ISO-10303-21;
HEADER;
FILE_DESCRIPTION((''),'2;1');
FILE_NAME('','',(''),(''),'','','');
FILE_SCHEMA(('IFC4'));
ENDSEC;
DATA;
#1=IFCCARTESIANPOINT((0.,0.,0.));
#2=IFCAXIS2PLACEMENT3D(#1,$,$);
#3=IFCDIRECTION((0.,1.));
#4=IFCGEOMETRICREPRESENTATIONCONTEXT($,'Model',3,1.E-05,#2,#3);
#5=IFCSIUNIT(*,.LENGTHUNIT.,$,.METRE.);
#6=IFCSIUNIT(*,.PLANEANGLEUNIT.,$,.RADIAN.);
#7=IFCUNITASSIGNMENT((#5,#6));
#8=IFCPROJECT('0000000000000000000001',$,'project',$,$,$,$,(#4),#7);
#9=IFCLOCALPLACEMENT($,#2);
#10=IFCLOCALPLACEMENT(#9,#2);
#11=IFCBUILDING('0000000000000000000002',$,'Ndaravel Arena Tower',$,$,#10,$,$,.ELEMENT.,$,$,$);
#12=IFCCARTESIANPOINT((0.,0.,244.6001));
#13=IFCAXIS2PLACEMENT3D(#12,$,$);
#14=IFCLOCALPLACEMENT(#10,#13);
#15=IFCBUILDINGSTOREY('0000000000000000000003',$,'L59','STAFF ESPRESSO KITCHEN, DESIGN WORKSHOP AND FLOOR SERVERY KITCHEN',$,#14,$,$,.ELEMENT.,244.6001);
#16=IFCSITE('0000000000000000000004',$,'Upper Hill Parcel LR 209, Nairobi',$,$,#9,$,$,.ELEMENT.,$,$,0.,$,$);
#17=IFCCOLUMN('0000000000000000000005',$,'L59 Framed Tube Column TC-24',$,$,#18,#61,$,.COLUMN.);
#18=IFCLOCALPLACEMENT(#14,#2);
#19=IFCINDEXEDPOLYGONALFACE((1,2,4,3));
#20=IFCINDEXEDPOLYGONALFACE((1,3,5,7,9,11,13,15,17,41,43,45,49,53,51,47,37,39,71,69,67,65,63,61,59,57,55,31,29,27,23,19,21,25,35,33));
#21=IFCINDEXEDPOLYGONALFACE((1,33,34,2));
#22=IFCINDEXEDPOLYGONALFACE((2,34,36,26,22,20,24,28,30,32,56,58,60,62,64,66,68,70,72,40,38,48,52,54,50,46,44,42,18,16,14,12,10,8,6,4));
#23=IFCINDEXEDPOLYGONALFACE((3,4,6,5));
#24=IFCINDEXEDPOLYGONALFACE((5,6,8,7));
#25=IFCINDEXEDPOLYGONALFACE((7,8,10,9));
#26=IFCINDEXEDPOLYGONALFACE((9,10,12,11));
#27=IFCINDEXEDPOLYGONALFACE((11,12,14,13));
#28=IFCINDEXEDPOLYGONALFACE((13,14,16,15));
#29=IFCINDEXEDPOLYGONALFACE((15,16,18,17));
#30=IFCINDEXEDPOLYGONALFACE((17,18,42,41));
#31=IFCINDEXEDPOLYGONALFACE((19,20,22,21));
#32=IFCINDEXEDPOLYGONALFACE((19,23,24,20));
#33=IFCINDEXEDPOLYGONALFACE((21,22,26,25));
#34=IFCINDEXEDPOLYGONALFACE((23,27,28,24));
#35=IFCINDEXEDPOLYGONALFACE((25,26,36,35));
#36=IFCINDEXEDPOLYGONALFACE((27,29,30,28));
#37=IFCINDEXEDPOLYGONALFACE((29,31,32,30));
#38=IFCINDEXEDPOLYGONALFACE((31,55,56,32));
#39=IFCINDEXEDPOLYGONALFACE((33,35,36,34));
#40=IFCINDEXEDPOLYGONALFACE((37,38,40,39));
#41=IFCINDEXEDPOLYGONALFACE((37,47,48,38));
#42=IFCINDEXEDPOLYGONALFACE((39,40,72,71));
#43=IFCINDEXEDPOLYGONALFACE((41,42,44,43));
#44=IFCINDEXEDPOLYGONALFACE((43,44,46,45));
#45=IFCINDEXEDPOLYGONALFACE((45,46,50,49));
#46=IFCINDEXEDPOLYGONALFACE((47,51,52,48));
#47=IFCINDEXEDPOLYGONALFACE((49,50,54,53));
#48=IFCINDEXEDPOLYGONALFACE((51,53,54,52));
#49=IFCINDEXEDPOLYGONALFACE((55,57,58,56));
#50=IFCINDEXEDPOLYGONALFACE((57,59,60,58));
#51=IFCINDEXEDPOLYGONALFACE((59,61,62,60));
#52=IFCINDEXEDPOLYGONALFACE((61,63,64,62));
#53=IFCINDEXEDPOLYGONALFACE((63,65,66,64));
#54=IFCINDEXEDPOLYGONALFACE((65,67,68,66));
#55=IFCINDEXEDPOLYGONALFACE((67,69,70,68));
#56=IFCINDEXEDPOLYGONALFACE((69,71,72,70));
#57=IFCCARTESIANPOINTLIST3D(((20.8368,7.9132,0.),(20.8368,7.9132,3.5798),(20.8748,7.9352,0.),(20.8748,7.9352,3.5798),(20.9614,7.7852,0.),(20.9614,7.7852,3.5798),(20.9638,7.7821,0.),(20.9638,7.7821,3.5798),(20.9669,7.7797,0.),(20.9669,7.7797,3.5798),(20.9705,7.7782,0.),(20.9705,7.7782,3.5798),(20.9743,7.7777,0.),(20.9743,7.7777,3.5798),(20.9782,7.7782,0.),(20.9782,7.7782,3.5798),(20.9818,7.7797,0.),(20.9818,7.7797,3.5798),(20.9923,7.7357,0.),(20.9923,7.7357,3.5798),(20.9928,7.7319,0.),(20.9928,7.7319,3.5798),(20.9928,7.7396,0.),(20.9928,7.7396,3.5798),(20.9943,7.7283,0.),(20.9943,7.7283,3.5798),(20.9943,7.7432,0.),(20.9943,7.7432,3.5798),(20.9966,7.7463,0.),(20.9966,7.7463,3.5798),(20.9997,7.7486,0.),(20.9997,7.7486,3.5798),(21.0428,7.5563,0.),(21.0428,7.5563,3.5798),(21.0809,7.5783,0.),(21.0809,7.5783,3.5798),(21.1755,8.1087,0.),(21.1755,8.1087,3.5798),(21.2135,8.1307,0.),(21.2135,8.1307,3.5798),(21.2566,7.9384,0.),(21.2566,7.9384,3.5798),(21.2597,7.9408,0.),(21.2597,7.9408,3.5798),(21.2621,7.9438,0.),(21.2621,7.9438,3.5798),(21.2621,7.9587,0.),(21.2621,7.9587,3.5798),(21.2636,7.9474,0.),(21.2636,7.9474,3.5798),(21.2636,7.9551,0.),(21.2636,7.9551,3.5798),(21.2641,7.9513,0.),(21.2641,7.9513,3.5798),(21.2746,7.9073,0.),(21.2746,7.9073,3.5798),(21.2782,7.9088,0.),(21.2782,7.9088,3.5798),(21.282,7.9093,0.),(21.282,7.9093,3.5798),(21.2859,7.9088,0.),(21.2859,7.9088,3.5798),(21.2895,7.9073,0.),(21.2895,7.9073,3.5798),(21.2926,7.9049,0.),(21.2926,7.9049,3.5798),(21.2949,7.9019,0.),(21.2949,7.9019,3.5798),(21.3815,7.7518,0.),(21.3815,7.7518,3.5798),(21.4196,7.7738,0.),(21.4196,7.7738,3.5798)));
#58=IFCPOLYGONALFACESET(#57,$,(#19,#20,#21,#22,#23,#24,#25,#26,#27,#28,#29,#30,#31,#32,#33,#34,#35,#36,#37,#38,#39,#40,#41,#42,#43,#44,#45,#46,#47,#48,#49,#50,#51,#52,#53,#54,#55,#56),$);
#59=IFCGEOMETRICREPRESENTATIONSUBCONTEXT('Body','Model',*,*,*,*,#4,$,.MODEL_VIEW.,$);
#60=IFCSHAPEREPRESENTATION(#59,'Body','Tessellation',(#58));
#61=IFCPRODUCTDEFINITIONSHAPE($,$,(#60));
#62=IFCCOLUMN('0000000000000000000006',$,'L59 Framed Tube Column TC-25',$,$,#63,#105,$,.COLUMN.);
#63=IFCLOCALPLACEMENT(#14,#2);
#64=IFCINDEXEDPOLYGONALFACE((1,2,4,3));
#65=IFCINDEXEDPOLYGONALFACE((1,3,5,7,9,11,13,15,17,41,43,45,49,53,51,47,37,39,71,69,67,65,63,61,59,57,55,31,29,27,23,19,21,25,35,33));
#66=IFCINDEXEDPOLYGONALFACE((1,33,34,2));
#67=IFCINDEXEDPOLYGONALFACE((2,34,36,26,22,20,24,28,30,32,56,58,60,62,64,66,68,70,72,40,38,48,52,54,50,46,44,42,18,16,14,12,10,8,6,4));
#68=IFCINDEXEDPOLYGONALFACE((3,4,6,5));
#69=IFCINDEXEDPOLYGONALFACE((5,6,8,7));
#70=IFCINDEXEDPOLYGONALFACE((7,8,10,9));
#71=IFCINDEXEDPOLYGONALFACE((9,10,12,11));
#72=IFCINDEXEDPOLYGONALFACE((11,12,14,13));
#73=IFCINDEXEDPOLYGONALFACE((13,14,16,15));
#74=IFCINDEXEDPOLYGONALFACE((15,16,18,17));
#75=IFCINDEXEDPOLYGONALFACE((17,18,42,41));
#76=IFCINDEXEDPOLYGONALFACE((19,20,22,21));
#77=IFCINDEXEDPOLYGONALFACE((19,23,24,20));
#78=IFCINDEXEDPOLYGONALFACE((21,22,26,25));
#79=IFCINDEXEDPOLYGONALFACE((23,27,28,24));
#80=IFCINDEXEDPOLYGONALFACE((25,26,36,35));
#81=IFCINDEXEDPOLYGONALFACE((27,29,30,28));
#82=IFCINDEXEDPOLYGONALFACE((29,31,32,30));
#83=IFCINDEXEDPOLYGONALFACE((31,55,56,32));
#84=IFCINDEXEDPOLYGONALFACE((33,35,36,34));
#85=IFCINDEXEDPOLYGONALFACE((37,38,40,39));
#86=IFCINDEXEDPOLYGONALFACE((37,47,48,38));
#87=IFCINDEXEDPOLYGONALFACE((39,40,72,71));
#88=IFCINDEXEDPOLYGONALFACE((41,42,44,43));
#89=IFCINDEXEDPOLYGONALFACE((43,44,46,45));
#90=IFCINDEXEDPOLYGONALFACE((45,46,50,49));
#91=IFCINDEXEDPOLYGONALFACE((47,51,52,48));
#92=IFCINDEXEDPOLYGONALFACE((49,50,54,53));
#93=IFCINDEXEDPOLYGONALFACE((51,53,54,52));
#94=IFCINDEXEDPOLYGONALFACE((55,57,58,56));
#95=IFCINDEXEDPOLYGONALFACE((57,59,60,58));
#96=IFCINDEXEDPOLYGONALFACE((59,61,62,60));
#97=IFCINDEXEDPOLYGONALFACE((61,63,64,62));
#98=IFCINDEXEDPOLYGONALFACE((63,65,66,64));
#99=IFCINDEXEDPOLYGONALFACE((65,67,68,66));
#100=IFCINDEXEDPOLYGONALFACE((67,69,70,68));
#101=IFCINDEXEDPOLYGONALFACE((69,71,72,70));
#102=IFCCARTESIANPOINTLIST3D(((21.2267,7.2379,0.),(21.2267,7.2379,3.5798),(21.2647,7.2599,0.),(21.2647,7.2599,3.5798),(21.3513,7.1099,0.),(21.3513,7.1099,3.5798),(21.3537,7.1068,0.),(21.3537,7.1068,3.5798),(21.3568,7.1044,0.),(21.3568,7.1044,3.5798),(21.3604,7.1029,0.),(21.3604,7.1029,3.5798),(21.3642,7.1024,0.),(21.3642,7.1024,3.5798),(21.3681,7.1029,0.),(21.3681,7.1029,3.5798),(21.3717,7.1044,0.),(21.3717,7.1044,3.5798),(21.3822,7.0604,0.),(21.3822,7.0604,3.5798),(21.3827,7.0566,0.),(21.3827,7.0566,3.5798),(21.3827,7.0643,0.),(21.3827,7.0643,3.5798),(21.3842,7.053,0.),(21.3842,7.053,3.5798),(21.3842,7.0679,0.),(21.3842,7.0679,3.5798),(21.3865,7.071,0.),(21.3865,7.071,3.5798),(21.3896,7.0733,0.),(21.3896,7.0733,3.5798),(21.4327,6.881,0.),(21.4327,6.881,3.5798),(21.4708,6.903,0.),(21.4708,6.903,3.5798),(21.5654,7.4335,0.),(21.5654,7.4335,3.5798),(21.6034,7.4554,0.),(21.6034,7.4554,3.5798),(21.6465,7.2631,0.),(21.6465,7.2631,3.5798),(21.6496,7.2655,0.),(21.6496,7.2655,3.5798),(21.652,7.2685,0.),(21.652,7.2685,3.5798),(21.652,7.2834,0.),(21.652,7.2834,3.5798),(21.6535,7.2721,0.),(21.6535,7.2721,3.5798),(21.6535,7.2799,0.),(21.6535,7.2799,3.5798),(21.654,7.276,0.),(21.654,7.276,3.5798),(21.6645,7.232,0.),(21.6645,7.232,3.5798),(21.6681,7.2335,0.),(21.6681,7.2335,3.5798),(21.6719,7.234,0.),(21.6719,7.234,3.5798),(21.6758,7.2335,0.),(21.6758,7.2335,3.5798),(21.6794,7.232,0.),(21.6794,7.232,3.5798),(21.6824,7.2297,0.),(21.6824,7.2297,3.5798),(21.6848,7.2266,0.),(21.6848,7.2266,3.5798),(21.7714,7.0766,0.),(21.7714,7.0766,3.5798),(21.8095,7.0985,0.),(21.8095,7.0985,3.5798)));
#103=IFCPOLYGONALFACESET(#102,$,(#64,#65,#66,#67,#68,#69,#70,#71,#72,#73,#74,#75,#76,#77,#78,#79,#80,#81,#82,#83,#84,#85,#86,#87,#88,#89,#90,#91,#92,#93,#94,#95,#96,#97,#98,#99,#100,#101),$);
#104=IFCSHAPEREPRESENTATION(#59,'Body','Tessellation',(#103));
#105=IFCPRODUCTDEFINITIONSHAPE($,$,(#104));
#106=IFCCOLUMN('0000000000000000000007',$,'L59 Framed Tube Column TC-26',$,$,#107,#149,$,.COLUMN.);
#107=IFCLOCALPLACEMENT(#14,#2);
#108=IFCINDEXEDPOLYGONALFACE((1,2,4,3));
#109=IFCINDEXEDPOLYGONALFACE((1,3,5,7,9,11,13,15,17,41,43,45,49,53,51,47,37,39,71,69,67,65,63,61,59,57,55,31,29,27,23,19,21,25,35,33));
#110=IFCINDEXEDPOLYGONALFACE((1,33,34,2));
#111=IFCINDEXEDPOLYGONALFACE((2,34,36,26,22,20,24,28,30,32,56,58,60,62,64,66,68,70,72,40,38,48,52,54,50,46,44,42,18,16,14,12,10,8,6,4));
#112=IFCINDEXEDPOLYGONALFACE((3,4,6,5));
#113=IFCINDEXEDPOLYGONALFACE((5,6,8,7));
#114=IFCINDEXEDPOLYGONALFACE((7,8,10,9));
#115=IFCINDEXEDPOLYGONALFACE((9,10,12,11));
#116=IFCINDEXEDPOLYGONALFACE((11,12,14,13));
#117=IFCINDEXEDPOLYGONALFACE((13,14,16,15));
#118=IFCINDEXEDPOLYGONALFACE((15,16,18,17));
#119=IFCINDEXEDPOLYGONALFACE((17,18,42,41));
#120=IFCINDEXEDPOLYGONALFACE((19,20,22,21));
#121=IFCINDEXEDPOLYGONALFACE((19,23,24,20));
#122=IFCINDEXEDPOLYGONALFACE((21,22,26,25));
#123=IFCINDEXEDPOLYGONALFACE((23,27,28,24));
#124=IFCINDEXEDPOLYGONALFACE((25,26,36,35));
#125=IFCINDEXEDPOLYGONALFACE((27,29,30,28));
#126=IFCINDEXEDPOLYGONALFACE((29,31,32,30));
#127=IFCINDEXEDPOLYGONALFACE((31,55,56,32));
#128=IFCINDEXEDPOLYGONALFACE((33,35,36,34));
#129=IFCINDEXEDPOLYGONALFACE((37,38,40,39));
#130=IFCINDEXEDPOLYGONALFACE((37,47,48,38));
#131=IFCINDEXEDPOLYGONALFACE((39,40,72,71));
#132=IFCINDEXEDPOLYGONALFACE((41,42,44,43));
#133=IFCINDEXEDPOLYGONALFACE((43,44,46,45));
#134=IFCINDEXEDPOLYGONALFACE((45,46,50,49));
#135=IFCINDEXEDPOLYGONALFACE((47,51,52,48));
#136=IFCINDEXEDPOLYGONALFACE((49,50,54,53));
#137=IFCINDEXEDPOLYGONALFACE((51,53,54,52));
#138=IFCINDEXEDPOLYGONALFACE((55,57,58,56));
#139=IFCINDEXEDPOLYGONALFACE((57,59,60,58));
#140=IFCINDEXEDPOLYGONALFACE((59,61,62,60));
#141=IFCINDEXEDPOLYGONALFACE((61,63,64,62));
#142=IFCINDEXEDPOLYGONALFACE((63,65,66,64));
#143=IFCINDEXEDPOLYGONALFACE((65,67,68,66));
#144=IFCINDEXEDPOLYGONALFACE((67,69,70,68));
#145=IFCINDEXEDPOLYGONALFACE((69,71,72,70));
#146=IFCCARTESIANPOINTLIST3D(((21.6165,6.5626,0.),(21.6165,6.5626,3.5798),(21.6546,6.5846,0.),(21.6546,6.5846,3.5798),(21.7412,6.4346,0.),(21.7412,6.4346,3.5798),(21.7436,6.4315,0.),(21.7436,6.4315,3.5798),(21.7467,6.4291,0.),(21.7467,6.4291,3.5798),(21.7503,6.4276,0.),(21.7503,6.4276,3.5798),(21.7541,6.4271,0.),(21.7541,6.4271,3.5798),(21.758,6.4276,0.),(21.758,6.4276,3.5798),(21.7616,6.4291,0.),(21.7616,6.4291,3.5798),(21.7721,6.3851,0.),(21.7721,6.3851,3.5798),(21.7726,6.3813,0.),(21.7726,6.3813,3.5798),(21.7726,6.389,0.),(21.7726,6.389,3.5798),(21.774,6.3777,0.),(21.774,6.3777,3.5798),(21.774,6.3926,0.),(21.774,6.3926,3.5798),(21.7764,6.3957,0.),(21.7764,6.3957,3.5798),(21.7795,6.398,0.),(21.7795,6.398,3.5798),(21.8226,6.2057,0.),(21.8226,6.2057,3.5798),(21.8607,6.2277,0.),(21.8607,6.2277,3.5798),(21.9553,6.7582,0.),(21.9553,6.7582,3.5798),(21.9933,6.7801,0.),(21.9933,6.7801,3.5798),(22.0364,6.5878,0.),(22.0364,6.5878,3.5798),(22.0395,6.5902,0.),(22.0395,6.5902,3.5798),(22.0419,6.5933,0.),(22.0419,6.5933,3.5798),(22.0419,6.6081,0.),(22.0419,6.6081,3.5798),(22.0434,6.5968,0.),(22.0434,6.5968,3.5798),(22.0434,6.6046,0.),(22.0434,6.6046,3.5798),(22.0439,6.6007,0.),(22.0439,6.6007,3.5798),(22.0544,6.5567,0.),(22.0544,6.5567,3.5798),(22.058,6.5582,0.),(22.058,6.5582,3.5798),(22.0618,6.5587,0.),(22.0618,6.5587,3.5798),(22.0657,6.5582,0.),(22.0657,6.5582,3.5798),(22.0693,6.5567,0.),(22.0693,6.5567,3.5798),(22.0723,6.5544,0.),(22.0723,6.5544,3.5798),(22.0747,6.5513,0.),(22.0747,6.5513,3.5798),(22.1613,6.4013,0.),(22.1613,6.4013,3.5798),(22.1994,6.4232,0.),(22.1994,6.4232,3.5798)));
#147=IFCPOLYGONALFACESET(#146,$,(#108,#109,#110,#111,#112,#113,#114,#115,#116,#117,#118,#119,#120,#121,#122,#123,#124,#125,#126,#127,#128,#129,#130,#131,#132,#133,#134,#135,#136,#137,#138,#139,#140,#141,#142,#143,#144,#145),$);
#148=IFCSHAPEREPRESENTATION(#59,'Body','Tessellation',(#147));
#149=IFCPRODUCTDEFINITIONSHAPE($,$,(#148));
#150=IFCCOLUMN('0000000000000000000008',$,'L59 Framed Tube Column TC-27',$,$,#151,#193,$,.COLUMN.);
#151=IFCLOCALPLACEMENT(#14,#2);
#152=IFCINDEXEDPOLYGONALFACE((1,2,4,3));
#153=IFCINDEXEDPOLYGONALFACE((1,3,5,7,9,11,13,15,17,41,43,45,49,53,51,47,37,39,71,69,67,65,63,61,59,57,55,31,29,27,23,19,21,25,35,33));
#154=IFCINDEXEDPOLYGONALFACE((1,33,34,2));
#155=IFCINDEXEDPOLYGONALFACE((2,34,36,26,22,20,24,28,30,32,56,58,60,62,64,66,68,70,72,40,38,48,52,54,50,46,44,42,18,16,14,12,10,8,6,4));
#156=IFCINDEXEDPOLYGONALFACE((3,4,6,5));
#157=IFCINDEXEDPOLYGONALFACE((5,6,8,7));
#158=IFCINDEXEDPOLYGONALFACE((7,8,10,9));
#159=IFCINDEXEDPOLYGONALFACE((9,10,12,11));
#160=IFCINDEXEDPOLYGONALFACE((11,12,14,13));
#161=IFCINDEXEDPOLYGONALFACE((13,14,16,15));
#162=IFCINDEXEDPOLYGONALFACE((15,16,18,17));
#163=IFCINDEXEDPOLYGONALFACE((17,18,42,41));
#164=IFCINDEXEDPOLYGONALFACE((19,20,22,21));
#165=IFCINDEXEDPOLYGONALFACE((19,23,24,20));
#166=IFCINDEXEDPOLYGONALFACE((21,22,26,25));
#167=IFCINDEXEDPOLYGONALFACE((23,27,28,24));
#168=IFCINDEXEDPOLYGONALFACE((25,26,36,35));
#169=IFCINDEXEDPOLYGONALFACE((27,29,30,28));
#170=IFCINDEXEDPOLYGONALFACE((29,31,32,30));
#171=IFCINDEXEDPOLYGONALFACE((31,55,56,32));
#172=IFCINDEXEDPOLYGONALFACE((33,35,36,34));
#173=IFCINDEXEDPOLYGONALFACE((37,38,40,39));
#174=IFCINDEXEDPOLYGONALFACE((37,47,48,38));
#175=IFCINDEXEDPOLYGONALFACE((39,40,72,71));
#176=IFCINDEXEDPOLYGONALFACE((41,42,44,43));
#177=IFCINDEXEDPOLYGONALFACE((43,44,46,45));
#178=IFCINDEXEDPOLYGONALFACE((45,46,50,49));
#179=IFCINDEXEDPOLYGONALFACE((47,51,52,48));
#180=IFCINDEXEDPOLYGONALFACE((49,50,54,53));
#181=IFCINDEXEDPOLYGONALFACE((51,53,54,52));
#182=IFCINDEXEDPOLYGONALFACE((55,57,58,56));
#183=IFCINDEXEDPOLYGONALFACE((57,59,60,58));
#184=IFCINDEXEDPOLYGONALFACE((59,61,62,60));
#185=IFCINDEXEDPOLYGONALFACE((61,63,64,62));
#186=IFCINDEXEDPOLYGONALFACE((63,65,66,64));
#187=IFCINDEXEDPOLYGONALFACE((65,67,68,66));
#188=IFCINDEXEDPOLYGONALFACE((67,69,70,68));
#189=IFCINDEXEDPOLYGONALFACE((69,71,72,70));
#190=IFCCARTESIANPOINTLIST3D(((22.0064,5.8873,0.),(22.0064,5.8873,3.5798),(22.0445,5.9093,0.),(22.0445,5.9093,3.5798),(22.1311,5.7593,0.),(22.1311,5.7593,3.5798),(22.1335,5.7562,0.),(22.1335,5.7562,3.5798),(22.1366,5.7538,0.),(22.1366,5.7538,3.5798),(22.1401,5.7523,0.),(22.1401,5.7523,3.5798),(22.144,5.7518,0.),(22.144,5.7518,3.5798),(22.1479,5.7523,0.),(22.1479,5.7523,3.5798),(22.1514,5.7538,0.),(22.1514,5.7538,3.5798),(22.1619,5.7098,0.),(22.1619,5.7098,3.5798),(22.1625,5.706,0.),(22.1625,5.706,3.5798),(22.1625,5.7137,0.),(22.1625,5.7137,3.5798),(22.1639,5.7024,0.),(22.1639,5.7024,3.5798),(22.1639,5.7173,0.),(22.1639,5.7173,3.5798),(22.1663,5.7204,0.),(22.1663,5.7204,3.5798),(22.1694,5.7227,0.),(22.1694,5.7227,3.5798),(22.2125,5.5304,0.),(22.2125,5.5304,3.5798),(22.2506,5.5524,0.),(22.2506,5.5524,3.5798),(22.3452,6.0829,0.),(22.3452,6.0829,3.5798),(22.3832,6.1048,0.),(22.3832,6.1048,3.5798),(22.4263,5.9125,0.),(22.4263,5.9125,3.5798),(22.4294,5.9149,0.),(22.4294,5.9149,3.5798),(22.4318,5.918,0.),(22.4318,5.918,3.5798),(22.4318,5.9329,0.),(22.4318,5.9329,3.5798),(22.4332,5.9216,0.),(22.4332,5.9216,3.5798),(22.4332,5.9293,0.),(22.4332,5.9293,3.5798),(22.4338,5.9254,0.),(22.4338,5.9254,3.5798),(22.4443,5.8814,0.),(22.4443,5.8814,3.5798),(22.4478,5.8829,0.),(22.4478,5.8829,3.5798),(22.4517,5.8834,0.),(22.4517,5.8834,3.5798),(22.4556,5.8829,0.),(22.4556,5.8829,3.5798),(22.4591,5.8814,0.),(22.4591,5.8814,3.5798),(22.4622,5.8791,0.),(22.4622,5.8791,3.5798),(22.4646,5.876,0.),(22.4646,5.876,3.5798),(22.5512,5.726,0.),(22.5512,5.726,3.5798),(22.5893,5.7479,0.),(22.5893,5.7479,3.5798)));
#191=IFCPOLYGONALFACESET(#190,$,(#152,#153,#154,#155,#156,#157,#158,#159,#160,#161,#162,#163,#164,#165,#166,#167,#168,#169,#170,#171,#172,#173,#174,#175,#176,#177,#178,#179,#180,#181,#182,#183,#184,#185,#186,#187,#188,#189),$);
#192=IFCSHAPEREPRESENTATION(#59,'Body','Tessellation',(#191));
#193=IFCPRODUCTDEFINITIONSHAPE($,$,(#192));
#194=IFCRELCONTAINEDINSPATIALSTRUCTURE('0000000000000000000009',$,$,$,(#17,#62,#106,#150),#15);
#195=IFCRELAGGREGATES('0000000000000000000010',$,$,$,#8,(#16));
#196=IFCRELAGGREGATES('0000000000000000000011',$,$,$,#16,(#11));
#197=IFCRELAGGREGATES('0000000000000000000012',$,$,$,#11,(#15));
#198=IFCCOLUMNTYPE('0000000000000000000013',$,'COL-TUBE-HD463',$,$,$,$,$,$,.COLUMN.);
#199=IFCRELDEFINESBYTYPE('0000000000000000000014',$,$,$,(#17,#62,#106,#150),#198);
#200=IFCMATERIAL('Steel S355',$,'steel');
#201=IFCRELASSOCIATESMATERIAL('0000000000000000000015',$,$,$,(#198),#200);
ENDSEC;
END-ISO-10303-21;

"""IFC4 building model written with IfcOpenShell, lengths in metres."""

from ifc_helpers import new_model, si_unit, direction, frame, origin, origin_2d, place, context, subcontext, project, spatial, i_section, extrude, material, material_profile, profile_set, type_object, element, save


model = new_model("IFC4")

# Units and contexts
model_context = context("Model", 3, precision=1e-05, world=origin(), true_north=direction((0.0, 1.0)))
body_context = subcontext(model_context, "Body", "Model", "MODEL_VIEW")
ifc_project = project(units=[si_unit("LENGTHUNIT", "METRE"), si_unit("PLANEANGLEUNIT", "RADIAN")], contexts=[model_context])

# Site, building, storey
site_placement = place(None, origin())
site = spatial("IfcSite", under=ifc_project, at=site_placement, Name="Upper Hill Parcel LR 209, Nairobi", CompositionType="ELEMENT", RefElevation=0.0)
building_placement = place(site_placement, origin())
building = spatial("IfcBuilding", under=site, at=building_placement, Name="Ndaravel Arena Tower", CompositionType="ELEMENT")
storey_placement = place(building_placement, frame((0.0, 0.0, 244.6001)))
storey = spatial("IfcBuildingStorey", under=building, at=storey_placement, Name="L59", Description="STAFF ESPRESSO KITCHEN, DESIGN WORKSHOP AND FLOOR SERVERY KITCHEN", CompositionType="ELEMENT", Elevation=244.6001)

# Columns
ifc_material_1 = material(Name="Steel S355", Category="steel")
ifc_material_profile_1 = material_profile(ifc_material_1, i_section(OverallWidth=0.4121, OverallDepth=0.4351, WebThickness=0.0359, FlangeThickness=0.0439, FilletRadius=0.0149, at=origin_2d()), Name="HD 400x463")
ifc_profile_set_1 = profile_set([ifc_material_profile_1], Name="Steel S355")
column_type = type_object("IfcColumnType", Name="COL-TUBE-HD463", PredefinedType="COLUMN", material=ifc_profile_set_1)
for number, where, z_axis, x_axis, name in (
    (1, (21.1282, 7.8435, 0.0), (0.0, 0.0, 1.0), (-0.5, 0.866025, 0.0), "L59 Framed Tube Column TC-24"),
    (2, (21.5181, 7.1682, 0.0), (0.0, 0.0, 1.0), (-0.5, 0.866025, 0.0), "L59 Framed Tube Column TC-25"),
    (3, (21.908, 6.4929, 0.0), (0.0, 0.0, 1.0), (-0.5, 0.866025, 0.0), "L59 Framed Tube Column TC-26"),
    (4, (22.2979, 5.8176, 0.0), (0.0, 0.0, 1.0), (-0.5, 0.866025, 0.0), "L59 Framed Tube Column TC-27"),
):
    element("IfcColumn", number, at=place(storey_placement, frame(where, z_axis=z_axis, x_axis=x_axis)), inside=storey, type_object=column_type, Name=name, PredefinedType="COLUMN", context=body_context, shape_type="SweptSolid", body=[
        extrude(i_section(OverallWidth=0.4121, OverallDepth=0.4351, WebThickness=0.0359, FlangeThickness=0.0439, FilletRadius=0.0149, at=origin_2d()), origin(), (0.0, 0.0, 1.0), 3.5798),
    ])

save(model, "model.ifc")
